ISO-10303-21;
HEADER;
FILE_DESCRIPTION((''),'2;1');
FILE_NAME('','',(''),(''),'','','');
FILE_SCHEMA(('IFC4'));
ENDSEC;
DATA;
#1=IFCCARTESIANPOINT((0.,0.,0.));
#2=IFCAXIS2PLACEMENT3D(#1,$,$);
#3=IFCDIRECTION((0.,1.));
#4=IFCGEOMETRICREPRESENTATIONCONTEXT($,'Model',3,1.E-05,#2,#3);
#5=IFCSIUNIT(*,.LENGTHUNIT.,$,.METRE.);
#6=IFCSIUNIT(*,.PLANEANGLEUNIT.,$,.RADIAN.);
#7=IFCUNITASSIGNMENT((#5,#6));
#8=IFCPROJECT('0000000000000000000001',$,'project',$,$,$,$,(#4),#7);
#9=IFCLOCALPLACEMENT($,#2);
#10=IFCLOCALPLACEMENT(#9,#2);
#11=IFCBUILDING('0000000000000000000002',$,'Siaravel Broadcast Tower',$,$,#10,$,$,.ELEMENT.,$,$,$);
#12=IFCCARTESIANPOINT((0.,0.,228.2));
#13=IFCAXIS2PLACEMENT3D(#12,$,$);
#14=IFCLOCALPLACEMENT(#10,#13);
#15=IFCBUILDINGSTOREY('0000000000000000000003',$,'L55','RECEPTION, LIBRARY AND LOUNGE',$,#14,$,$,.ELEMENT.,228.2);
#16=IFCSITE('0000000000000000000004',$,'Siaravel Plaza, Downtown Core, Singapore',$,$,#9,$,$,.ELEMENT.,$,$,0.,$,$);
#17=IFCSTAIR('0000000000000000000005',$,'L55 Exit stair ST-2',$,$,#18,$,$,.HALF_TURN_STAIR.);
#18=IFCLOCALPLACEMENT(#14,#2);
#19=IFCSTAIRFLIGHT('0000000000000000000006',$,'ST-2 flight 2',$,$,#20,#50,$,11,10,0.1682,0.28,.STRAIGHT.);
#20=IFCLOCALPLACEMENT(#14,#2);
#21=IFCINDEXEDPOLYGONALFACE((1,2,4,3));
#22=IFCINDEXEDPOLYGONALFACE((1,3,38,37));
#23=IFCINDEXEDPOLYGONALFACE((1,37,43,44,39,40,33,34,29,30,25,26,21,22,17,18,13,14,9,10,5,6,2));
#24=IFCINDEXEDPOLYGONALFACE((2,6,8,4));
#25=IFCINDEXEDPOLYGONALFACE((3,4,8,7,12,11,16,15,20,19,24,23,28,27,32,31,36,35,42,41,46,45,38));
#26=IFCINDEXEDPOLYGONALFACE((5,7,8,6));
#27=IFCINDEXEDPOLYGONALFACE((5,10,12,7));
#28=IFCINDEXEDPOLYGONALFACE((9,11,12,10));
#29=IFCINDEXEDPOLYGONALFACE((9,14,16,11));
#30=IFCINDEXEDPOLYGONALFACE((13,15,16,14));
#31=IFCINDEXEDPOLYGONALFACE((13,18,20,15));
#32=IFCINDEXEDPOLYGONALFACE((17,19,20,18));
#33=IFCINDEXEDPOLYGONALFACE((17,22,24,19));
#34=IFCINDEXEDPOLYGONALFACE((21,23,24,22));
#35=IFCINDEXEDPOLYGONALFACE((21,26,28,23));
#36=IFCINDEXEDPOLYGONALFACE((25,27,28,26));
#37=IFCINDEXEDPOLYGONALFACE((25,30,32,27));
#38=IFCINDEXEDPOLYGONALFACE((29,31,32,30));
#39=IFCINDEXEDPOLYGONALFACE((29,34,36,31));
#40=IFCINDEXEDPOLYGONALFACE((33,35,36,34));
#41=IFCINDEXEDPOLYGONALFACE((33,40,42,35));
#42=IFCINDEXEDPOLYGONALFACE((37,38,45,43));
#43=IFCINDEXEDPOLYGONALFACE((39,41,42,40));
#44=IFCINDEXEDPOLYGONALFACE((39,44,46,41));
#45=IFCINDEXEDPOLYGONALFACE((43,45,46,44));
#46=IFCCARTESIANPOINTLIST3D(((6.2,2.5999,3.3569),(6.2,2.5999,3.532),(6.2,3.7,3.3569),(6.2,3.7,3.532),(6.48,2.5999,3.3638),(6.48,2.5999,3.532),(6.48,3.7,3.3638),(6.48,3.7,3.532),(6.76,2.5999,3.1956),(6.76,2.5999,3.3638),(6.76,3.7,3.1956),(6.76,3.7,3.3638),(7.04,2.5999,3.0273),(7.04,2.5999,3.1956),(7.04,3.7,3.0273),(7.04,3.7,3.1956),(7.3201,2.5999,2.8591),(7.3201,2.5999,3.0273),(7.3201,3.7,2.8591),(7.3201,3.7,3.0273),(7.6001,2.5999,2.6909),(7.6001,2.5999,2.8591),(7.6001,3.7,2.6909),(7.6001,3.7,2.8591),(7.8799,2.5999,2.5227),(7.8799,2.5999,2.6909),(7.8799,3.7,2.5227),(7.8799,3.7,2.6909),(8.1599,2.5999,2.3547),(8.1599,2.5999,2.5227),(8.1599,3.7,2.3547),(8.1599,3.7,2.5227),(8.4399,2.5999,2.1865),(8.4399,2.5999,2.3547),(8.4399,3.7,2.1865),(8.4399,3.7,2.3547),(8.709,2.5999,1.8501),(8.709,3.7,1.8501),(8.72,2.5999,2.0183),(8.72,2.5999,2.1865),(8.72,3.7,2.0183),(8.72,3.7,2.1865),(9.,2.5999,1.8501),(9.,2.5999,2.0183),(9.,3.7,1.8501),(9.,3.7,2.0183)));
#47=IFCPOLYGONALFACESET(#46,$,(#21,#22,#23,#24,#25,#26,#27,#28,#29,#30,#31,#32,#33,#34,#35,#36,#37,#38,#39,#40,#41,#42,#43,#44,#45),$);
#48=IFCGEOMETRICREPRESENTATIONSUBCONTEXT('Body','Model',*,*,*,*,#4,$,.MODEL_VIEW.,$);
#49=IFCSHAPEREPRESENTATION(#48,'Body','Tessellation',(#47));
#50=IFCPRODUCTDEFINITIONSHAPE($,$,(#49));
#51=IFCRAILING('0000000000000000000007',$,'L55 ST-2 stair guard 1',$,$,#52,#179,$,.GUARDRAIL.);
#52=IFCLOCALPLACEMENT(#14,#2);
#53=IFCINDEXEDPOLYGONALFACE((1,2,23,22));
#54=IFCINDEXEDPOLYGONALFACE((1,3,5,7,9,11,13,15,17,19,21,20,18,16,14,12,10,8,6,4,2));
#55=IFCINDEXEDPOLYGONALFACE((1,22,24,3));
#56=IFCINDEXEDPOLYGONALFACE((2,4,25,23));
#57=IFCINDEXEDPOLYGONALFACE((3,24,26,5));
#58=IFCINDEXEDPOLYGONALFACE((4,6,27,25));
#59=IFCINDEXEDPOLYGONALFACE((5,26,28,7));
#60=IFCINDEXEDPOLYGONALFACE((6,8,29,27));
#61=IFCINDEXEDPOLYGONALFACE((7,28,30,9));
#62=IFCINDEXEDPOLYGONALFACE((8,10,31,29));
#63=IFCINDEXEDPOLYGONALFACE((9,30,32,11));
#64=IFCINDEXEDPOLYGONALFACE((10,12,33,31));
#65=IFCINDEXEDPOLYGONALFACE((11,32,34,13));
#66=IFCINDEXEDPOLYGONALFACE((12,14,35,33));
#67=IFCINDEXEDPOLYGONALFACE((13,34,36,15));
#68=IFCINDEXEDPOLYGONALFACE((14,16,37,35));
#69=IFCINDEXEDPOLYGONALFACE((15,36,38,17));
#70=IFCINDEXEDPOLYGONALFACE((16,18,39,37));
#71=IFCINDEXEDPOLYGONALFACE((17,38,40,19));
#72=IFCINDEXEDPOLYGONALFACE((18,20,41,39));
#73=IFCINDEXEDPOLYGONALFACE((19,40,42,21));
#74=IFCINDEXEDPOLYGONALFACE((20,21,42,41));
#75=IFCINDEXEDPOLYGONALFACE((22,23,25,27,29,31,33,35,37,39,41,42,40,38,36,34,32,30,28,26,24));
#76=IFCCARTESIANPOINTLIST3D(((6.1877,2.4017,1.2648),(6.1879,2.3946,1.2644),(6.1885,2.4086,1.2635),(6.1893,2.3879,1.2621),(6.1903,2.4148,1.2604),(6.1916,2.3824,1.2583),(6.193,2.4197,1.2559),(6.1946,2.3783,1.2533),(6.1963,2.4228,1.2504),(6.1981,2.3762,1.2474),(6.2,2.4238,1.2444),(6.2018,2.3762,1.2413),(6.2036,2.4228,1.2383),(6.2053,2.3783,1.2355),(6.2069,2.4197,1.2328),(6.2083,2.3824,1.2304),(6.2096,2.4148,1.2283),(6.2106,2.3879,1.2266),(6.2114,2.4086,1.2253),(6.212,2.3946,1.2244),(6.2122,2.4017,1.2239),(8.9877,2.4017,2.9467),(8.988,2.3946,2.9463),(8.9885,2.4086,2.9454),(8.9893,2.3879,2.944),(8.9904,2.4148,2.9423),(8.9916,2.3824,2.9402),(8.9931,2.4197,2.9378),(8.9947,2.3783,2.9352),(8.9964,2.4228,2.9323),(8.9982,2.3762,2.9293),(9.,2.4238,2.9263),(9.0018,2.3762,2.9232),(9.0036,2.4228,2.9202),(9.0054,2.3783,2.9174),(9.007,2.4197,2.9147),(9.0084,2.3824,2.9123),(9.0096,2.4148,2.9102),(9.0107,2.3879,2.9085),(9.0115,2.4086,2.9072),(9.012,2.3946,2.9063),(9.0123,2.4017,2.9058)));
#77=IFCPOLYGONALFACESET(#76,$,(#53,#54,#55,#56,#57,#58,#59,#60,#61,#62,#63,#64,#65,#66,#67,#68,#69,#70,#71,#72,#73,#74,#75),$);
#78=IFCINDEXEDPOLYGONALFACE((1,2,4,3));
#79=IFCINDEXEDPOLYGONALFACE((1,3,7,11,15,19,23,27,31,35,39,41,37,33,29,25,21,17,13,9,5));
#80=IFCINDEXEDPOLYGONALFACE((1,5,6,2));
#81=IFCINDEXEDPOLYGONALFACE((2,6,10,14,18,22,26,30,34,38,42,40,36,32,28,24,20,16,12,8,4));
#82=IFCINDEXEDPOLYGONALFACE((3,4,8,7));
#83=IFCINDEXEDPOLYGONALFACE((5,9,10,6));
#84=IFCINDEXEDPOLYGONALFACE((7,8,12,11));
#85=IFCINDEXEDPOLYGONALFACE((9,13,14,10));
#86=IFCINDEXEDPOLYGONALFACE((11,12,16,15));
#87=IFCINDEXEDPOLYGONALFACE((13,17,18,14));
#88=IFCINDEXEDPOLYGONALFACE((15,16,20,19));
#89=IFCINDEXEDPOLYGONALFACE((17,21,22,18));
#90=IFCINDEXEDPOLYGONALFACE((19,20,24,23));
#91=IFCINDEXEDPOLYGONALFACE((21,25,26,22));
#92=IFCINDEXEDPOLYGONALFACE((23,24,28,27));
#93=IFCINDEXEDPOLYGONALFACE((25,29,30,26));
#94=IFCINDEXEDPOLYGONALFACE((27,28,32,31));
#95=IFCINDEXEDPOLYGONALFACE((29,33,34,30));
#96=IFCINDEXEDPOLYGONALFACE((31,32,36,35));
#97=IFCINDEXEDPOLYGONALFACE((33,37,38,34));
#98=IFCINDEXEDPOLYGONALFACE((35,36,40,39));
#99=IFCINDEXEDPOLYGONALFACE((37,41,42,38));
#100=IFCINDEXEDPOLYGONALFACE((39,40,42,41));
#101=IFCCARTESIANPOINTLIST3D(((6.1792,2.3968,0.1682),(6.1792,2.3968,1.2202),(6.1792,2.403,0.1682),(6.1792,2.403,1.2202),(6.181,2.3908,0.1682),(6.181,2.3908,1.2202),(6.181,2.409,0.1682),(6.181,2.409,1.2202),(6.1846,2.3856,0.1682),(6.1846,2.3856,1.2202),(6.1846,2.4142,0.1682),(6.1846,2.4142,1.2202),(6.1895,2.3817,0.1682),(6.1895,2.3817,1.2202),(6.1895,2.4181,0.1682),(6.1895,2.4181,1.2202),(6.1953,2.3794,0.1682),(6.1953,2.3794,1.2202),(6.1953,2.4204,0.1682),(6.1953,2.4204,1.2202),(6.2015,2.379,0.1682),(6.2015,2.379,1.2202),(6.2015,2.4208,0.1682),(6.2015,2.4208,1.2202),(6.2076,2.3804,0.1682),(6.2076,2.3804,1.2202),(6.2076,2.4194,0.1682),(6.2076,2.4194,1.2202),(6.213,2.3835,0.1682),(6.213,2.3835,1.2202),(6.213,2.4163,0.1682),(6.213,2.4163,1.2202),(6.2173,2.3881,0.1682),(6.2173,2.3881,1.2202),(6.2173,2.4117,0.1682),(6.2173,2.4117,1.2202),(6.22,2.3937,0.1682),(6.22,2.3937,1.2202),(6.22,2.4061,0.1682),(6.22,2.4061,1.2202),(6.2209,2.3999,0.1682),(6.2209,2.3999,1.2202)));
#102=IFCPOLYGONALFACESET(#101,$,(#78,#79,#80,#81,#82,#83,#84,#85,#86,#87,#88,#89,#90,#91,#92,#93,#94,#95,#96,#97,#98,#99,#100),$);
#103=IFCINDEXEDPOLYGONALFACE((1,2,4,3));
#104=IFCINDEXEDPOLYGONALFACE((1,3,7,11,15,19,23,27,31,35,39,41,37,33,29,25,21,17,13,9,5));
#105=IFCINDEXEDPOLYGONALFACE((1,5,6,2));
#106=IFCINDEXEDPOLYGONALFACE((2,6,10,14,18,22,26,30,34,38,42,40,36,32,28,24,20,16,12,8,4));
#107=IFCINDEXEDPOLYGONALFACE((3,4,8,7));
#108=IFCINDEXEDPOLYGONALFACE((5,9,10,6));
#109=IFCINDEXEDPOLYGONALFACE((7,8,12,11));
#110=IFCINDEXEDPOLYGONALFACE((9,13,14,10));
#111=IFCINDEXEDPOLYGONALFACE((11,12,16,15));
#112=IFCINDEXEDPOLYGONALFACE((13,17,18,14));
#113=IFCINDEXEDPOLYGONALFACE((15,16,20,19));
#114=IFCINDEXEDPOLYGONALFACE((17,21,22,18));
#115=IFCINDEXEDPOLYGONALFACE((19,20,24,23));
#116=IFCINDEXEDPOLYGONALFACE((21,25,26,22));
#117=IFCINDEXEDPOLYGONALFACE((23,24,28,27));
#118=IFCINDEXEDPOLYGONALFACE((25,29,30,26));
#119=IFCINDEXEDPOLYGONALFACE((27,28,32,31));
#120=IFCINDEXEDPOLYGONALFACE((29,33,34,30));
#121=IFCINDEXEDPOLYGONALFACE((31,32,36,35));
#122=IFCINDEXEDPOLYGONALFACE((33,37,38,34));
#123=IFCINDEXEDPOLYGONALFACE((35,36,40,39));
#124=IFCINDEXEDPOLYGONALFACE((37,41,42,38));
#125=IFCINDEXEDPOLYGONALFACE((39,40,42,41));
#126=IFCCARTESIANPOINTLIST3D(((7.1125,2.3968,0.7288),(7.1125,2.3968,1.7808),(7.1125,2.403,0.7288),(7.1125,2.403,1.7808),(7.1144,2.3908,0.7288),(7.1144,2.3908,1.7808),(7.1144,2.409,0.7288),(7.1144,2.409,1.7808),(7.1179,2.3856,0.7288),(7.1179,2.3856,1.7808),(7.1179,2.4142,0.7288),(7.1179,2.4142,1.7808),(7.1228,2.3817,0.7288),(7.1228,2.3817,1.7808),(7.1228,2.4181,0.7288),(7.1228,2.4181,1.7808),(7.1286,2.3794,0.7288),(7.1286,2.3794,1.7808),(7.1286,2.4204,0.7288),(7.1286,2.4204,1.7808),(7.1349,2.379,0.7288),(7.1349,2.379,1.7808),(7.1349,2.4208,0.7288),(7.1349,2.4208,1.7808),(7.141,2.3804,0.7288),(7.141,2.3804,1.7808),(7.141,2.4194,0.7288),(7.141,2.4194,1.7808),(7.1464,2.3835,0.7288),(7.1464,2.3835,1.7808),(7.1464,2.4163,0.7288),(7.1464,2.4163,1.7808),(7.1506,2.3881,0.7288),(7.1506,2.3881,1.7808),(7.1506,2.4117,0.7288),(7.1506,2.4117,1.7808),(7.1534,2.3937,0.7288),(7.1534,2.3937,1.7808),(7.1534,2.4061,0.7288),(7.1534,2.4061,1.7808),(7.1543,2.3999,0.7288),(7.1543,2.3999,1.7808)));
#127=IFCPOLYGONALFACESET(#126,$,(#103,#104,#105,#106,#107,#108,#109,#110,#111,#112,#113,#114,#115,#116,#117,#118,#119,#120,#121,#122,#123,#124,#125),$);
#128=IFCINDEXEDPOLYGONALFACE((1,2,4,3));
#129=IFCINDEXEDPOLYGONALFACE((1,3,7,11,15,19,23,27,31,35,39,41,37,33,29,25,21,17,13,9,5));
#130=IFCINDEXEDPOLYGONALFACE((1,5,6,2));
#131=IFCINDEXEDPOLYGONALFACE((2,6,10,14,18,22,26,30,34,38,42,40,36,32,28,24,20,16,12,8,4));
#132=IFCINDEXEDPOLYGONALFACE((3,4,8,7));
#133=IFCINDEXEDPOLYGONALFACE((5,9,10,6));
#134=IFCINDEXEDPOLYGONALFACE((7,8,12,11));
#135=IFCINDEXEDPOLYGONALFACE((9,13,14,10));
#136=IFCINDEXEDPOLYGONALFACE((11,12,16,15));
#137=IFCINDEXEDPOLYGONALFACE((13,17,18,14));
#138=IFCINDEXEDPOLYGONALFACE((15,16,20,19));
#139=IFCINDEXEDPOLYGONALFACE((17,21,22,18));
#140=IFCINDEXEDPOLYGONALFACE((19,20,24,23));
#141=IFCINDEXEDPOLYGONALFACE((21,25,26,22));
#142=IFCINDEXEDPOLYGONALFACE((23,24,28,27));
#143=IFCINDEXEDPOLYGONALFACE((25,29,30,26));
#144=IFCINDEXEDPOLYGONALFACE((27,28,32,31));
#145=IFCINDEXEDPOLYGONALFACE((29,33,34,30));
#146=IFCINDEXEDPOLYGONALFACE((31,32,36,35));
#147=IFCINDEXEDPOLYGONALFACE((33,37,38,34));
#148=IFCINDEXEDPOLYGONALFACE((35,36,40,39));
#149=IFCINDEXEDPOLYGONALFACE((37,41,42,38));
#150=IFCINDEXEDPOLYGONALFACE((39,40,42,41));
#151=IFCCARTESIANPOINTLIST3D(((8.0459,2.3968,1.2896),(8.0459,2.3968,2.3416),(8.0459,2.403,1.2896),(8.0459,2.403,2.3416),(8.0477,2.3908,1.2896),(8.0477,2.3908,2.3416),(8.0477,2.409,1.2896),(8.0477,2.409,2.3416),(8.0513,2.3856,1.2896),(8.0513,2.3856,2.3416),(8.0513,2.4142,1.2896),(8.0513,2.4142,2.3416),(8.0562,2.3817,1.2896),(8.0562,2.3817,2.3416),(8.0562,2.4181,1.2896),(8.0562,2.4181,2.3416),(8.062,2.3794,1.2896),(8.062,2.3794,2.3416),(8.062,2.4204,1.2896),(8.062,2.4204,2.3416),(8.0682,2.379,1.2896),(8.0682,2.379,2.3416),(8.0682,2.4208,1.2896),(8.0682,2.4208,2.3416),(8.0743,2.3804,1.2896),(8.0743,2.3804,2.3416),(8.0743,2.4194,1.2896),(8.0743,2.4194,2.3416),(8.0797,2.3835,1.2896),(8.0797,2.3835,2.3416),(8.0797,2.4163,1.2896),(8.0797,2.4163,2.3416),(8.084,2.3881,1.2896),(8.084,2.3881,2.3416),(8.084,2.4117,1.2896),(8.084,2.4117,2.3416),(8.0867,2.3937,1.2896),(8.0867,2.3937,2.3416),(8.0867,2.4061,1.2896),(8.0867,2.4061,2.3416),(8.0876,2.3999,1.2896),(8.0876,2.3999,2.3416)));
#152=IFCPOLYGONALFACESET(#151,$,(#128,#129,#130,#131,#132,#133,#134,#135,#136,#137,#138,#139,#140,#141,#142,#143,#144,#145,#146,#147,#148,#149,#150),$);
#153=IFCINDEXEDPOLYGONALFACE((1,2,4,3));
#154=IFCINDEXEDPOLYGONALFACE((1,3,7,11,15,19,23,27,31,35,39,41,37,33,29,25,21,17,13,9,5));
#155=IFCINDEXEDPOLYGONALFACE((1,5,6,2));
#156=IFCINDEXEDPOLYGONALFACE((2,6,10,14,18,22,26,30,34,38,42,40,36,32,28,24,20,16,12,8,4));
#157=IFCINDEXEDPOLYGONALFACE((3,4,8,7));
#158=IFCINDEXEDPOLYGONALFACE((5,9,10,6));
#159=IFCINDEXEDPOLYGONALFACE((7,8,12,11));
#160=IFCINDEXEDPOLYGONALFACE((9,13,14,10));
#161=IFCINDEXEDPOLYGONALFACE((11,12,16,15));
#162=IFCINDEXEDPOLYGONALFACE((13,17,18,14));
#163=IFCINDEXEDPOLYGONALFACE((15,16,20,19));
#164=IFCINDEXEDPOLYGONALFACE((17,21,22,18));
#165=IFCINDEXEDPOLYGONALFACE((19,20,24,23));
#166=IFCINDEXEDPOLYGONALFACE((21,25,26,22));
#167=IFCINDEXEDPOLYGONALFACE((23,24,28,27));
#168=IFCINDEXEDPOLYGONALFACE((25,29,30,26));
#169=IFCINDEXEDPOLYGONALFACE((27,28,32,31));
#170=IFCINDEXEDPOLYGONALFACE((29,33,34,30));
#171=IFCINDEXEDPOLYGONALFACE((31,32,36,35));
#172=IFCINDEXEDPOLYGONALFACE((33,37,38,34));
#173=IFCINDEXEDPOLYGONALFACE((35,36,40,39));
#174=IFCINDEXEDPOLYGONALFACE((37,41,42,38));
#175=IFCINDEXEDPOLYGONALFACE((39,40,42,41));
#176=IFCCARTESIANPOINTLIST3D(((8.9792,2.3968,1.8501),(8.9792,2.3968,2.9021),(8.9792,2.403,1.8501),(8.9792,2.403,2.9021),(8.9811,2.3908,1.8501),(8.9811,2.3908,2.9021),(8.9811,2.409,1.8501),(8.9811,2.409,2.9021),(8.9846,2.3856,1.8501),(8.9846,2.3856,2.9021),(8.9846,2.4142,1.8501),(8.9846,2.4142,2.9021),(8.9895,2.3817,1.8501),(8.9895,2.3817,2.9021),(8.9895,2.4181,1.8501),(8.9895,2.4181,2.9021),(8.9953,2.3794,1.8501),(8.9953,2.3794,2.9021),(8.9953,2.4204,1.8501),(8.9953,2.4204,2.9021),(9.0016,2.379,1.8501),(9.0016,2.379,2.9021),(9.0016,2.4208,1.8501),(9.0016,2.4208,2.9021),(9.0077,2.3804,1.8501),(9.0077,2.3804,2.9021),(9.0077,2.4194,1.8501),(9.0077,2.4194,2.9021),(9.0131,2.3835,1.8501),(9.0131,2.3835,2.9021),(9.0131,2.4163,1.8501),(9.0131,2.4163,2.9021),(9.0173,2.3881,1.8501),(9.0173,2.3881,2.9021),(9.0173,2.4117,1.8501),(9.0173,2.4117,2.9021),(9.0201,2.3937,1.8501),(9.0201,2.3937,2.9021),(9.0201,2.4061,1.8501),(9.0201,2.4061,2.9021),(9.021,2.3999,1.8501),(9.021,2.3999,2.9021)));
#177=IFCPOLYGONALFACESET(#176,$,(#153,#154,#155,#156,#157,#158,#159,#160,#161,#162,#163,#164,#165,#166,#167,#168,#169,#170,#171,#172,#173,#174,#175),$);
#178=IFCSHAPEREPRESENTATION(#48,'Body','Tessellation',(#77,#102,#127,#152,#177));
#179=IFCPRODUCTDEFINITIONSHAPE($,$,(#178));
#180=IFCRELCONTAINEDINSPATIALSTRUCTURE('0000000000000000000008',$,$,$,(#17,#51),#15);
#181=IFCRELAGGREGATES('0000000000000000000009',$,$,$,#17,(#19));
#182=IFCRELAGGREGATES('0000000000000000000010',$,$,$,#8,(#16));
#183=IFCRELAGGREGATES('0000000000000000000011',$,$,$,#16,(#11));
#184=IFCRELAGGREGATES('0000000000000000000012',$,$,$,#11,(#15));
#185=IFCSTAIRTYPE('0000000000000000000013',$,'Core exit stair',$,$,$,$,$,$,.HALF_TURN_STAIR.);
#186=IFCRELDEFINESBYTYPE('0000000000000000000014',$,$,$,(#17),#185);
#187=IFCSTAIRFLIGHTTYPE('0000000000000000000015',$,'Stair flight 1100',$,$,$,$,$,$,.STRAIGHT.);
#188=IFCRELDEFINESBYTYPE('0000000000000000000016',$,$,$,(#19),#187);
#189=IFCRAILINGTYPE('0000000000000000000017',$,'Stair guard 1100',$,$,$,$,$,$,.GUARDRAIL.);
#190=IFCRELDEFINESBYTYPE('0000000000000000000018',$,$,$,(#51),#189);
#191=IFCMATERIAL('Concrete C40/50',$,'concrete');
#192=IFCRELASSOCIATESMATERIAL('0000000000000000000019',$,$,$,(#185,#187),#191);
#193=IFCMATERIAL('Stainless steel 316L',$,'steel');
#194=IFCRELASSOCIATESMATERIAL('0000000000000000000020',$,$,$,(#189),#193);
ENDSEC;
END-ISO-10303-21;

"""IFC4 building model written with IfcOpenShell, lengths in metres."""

from ifc_helpers import new_model, si_unit, direction, frame, origin, origin_2d, place, context, subcontext, project, spatial, polyline, circle, outline, extrude, material, type_object, element, aggregate, save


model = new_model("IFC4")

# Units and contexts
model_context = context("Model", 3, precision=1e-05, world=origin(), true_north=direction((0.0, 1.0)))
body_context = subcontext(model_context, "Body", "Model", "MODEL_VIEW")
ifc_project = project(units=[si_unit("LENGTHUNIT", "METRE"), si_unit("PLANEANGLEUNIT", "RADIAN")], contexts=[model_context])

# Site, building, storey
site_placement = place(None, origin())
site = spatial("IfcSite", under=ifc_project, at=site_placement, Name="Siaravel Plaza, Downtown Core, Singapore", CompositionType="ELEMENT", RefElevation=0.0)
building_placement = place(site_placement, origin())
building = spatial("IfcBuilding", under=site, at=building_placement, Name="Siaravel Broadcast Tower", CompositionType="ELEMENT")
storey_placement = place(building_placement, frame((0.0, 0.0, 228.2)))
storey = spatial("IfcBuildingStorey", under=building, at=storey_placement, Name="L55", Description="RECEPTION, LIBRARY AND LOUNGE", CompositionType="ELEMENT", Elevation=228.2)

# Stair, stair flight
ifc_material_1 = material(Name="Concrete C40/50", Category="concrete")
stair_type = type_object("IfcStairType", Name="Core exit stair", PredefinedType="HALF_TURN_STAIR", material=ifc_material_1)
stair_placement = place(storey_placement, origin())
stair = element("IfcStair", 1, at=stair_placement, inside=storey, type_object=stair_type, Name="L55 Exit stair ST-2", PredefinedType="HALF_TURN_STAIR")
stair_flight_type = type_object("IfcStairFlightType", Name="Stair flight 1100", PredefinedType="STRAIGHT", material=ifc_material_1)
stair_flight_1_placement = place(storey_placement, frame((9.0, 3.1499, 1.8501), z_axis=(0.0, 0.0, 1.0), x_axis=(-1.0, 0.0, 0.0)))
stair_flight_1 = element("IfcStairFlight", 2, at=stair_flight_1_placement, type_object=stair_flight_type, Name="ST-2 flight 2", NumberOfRisers=11, NumberOfTreads=10, PredefinedType="STRAIGHT", RiserHeight=0.1682, TreadLength=0.28, context=body_context, shape_type="SweptSolid", body=[
    extrude(outline(polyline([(0.0, 0.0), (0.0, 0.1682), (0.28, 0.1682), (0.28, 0.3364), (0.5601, 0.3364), (0.5601, 0.5046), (0.8401, 0.5046), (0.8401, 0.6726), (1.1201, 0.6726), (1.1201, 0.8408), (1.3999, 0.8408), (1.3999, 1.009), (1.6799, 1.009), (1.6799, 1.1772), (1.96, 1.1772), (1.96, 1.3455), (2.24, 1.3455), (2.24, 1.5137), (2.52, 1.5137), (2.52, 1.6819), (2.8, 1.6819), (2.8, 1.8501), (2.8, 1.5068), (0.291, 0.0), (0.0, 0.0)])), frame((0.0, 0.55, 0.0), z_axis=(0.0, -1.0, 0.0), x_axis=(1.0, 0.0, 0.0)), (0.0, 0.0, 1.0), 1.1001),
])
aggregate(stair, [stair_flight_1])

# Railing
ifc_material_2 = material(Name="Stainless steel 316L", Category="steel")
railing_type_1 = type_object("IfcRailingType", Name="Stair guard 1100", PredefinedType="GUARDRAIL", material=ifc_material_2)
railing_1_placement = place(storey_placement, frame((6.2, 2.3999, 0.1682)))
element("IfcRailing", 3, at=railing_1_placement, inside=storey, type_object=railing_type_1, Name="L55 ST-2 stair guard 1", PredefinedType="GUARDRAIL", context=body_context, shape_type="SweptSolid", body=[
    extrude(circle(Radius=0.0239, at=origin_2d()), frame((0.0, 0.0, 1.0762), z_axis=(0.857242, 0.0, 0.514913), x_axis=(0.0, 1.0, 0.0)), (0.0, 0.0, 1.0), 3.2664),
    extrude(circle(Radius=0.021, at=origin_2d()), origin(), (0.0, 0.0, 1.0), 1.052),
    extrude(circle(Radius=0.021, at=origin_2d()), frame((0.9333, 0.0, 0.5605)), (0.0, 0.0, 1.0), 1.052),
    extrude(circle(Radius=0.021, at=origin_2d()), frame((1.8667, 0.0, 1.1213)), (0.0, 0.0, 1.0), 1.052),
    extrude(circle(Radius=0.021, at=origin_2d()), frame((2.8, 0.0, 1.6819)), (0.0, 0.0, 1.0), 1.052),
])

save(model, "model.ifc")
